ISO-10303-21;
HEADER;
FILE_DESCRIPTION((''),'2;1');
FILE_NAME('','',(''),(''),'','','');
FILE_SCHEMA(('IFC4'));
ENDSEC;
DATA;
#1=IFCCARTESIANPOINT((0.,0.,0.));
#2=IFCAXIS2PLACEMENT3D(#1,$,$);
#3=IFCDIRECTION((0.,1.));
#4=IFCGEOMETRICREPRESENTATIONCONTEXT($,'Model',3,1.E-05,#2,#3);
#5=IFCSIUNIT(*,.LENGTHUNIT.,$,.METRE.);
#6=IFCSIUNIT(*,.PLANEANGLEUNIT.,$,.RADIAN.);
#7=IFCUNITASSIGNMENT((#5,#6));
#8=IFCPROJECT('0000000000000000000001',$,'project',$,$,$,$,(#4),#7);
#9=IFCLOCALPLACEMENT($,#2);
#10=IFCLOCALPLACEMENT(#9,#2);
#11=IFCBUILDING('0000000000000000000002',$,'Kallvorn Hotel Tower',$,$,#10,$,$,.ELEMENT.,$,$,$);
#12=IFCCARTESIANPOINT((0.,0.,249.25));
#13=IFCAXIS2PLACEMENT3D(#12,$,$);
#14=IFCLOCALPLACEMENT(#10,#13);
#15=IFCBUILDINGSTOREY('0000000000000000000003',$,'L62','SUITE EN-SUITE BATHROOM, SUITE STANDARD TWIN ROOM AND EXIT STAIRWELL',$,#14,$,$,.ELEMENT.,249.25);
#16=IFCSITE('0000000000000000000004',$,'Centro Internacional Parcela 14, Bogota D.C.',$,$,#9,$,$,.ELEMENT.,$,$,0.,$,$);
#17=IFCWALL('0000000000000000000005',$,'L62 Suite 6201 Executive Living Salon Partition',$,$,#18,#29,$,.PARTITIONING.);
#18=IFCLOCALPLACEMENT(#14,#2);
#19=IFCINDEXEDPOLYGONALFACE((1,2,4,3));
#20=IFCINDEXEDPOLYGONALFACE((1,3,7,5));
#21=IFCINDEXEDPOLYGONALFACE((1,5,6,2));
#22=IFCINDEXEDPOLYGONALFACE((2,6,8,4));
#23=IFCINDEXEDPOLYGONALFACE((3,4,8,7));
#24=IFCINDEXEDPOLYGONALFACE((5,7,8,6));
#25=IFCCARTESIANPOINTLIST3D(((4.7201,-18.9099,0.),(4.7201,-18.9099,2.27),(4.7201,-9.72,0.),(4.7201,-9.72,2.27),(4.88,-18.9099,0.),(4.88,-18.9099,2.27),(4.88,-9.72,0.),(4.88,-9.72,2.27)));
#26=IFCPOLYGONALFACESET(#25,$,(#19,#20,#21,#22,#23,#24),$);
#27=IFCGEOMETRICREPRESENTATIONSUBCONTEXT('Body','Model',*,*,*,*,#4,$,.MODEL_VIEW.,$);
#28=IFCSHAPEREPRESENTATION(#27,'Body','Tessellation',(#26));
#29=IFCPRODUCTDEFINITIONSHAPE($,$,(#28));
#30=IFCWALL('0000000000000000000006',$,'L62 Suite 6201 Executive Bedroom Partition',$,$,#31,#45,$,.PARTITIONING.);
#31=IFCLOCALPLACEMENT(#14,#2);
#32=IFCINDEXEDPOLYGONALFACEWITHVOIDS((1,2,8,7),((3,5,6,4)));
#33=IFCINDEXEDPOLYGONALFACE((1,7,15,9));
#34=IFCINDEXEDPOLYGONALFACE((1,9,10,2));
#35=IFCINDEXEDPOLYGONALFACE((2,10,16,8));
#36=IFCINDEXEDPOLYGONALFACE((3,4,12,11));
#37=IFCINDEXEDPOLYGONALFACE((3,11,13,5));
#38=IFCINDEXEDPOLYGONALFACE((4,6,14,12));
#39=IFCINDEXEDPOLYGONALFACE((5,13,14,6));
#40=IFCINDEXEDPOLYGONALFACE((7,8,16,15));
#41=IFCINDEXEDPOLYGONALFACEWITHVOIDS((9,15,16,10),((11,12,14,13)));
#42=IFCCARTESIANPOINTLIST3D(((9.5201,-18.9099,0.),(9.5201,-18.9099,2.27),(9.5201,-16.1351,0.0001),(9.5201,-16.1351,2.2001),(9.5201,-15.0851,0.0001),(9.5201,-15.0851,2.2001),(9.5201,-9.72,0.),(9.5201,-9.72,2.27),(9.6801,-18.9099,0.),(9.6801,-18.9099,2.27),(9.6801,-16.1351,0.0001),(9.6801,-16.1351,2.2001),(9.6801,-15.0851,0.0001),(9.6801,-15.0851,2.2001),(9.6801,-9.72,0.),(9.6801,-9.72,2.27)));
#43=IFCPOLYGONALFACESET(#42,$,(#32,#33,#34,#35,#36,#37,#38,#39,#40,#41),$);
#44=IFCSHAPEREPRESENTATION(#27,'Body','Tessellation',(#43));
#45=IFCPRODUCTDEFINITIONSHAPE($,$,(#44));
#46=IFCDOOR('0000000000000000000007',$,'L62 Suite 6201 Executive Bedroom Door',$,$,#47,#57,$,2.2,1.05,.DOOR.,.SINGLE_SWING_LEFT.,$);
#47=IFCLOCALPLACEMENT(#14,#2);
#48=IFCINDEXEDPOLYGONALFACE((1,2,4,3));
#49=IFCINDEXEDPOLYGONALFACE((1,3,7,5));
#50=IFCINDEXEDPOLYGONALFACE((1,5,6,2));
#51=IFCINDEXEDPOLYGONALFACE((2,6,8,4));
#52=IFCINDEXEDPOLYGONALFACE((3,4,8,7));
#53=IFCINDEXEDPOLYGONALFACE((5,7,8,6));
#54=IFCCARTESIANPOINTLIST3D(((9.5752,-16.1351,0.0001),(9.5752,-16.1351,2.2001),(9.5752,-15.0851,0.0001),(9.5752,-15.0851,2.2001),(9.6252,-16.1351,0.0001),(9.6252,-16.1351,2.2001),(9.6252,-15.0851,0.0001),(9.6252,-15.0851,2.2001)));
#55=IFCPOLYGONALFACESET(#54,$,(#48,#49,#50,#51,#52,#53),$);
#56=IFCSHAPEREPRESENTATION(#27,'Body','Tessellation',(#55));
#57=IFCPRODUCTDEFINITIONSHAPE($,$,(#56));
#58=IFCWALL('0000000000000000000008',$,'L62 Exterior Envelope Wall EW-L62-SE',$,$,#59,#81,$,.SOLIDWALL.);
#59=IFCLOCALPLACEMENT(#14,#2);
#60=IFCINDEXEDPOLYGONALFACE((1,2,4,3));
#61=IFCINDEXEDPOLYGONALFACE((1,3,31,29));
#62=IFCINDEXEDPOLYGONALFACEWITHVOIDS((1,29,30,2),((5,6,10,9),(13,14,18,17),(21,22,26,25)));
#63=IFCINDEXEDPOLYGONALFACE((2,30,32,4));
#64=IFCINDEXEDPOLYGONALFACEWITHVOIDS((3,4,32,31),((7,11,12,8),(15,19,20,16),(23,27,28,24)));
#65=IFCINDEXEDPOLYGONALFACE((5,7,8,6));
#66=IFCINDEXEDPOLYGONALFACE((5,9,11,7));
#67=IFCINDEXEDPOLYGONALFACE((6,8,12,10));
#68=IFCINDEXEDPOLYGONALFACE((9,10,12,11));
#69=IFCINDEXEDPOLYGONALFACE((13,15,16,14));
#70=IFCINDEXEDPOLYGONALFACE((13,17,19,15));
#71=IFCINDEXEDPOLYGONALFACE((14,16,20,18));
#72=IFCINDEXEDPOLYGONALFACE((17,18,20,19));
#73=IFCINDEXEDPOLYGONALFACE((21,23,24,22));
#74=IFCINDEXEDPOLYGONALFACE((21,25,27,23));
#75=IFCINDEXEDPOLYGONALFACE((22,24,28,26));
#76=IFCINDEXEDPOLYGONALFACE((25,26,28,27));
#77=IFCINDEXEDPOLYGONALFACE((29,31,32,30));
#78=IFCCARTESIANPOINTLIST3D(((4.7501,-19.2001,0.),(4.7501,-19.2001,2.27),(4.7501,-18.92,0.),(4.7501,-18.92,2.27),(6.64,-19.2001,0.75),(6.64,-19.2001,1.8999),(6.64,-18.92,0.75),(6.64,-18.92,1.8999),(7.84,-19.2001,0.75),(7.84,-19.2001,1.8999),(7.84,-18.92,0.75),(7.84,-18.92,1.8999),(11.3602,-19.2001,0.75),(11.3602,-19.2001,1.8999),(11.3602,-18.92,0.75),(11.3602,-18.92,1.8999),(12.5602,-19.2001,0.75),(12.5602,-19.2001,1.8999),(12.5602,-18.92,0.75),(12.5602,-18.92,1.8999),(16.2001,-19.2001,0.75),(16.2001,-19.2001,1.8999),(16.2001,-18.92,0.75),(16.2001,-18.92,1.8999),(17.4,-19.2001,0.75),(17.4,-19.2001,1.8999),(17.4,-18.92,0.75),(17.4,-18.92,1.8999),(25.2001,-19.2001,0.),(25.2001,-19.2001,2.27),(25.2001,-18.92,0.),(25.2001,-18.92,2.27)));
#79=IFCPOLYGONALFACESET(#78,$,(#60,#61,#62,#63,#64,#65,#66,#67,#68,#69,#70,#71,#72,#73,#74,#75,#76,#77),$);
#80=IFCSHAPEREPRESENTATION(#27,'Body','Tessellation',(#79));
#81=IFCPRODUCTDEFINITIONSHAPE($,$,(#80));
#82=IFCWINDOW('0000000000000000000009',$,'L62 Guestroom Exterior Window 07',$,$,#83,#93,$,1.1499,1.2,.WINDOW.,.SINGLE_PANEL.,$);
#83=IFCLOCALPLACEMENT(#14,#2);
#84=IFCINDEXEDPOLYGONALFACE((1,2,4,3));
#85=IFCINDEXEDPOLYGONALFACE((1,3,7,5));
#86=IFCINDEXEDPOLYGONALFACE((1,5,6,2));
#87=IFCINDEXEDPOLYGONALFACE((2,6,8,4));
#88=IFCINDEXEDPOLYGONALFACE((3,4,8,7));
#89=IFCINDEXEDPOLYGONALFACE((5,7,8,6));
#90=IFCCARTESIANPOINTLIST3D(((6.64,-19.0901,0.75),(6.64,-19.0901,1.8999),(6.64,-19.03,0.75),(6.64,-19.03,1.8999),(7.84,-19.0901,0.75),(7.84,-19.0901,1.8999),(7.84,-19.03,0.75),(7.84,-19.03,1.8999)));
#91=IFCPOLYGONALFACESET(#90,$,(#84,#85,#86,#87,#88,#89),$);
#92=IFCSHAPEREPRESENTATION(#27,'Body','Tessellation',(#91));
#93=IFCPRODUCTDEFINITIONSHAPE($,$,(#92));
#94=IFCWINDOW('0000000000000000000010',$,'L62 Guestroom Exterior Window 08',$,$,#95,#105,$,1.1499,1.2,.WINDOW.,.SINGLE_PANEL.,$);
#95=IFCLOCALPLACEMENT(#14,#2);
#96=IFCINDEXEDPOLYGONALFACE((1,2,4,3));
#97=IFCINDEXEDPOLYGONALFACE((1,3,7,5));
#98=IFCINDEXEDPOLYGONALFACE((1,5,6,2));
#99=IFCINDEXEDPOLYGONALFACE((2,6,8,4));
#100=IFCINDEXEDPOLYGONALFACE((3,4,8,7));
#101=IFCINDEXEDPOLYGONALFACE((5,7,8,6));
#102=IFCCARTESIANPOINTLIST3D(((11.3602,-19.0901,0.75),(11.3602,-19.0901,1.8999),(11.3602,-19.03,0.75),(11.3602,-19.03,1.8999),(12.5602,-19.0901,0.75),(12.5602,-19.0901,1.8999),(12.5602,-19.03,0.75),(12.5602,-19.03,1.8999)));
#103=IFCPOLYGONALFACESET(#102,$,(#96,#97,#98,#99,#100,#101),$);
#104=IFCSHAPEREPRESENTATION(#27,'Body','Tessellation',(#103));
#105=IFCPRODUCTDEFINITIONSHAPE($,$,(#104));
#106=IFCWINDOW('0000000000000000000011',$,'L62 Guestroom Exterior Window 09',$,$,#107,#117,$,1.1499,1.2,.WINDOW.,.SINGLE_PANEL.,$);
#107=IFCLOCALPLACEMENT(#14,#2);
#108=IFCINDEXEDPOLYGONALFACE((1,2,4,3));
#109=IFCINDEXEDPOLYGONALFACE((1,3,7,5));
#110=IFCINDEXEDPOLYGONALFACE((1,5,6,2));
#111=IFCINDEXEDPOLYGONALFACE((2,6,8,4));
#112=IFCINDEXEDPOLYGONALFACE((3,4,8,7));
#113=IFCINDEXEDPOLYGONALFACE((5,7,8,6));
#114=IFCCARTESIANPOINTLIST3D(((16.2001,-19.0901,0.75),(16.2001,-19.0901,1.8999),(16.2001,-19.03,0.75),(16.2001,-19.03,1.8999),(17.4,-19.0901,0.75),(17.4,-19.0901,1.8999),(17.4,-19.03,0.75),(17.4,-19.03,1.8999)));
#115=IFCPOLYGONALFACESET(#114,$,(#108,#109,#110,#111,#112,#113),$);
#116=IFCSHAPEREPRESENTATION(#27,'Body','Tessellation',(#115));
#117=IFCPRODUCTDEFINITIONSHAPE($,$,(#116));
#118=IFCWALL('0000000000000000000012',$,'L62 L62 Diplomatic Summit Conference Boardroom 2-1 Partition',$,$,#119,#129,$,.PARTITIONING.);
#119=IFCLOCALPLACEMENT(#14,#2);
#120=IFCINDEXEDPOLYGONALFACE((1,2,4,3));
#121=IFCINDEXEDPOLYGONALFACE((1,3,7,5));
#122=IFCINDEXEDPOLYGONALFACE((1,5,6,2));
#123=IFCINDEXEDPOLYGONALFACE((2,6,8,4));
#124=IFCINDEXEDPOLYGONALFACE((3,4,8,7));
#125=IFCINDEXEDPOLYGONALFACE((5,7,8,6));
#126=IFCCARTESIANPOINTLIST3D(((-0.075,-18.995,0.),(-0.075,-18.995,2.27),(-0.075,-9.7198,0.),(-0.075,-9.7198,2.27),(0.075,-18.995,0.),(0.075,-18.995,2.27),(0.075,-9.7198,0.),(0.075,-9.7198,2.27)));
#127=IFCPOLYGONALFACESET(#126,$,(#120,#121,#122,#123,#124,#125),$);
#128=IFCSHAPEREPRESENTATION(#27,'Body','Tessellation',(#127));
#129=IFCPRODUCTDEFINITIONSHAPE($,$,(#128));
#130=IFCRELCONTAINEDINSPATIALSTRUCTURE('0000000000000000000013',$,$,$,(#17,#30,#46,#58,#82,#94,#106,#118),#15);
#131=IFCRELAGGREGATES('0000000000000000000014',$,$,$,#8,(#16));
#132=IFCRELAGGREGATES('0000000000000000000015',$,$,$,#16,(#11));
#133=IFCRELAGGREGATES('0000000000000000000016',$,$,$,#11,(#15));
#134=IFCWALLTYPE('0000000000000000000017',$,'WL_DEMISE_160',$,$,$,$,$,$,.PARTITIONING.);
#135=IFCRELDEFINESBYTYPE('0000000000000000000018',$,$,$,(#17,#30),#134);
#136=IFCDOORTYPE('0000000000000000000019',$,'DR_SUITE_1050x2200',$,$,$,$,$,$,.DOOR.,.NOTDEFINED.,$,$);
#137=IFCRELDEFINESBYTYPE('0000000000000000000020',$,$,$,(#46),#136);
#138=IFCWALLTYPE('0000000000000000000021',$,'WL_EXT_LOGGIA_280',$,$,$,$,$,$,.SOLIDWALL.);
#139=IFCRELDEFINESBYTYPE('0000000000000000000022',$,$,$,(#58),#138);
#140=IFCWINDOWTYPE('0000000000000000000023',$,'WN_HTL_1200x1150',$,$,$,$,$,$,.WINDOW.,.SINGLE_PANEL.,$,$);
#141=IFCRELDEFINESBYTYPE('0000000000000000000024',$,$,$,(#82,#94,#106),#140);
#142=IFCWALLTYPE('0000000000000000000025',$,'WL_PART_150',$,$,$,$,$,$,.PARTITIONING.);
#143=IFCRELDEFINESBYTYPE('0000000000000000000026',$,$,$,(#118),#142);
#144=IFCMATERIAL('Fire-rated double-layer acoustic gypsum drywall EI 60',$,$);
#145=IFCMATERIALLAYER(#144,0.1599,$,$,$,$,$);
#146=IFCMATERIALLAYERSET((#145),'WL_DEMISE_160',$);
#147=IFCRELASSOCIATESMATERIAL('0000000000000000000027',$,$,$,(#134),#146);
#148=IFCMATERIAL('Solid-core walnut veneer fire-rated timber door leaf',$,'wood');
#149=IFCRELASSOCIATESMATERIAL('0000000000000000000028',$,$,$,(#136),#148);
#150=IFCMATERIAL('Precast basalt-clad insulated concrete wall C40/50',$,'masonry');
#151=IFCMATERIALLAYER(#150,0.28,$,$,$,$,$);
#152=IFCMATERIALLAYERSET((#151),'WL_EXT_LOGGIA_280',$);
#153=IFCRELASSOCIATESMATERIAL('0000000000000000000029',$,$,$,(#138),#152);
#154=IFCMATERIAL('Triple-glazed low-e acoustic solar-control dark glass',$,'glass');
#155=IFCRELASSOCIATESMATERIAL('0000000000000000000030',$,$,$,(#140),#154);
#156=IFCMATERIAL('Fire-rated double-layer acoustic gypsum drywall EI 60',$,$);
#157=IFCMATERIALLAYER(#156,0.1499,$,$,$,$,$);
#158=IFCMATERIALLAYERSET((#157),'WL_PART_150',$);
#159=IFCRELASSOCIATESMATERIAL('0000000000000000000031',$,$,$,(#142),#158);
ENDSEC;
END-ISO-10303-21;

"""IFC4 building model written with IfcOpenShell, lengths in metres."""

from ifc_helpers import new_model, si_unit, direction, frame, frame_2d, origin, place, context, subcontext, project, spatial, rectangle, extrude, material, layer, layer_set, type_object, element, fill, save


model = new_model("IFC4")

# Units and contexts
model_context = context("Model", 3, precision=1e-05, world=origin(), true_north=direction((0.0, 1.0)))
body_context = subcontext(model_context, "Body", "Model", "MODEL_VIEW")
ifc_project = project(units=[si_unit("LENGTHUNIT", "METRE"), si_unit("PLANEANGLEUNIT", "RADIAN")], contexts=[model_context])

# Site, building, storey
site_placement = place(None, origin())
site = spatial("IfcSite", under=ifc_project, at=site_placement, Name="Centro Internacional Parcela 14, Bogota D.C.", CompositionType="ELEMENT", RefElevation=0.0)
building_placement = place(site_placement, origin())
building = spatial("IfcBuilding", under=site, at=building_placement, Name="Kallvorn Hotel Tower", CompositionType="ELEMENT")
storey_placement = place(building_placement, frame((0.0, 0.0, 249.25)))
storey = spatial("IfcBuildingStorey", under=building, at=storey_placement, Name="L62", Description="SUITE EN-SUITE BATHROOM, SUITE STANDARD TWIN ROOM AND EXIT STAIRWELL", CompositionType="ELEMENT", Elevation=249.25)

# Shared definitions
ifc_material_1 = material(Name="Fire-rated double-layer acoustic gypsum drywall EI 60")
ifc_layer_1 = layer(ifc_material_1, 0.1599)
ifc_layer_set_1 = layer_set([ifc_layer_1], Name="WL_DEMISE_160")
wall_type_1 = type_object("IfcWallType", Name="WL_DEMISE_160", PredefinedType="PARTITIONING", material=ifc_layer_set_1)

# Wall
wall_1_placement = place(storey_placement, frame((4.8, -18.9099, 0.0), z_axis=(0.0, 0.0, 1.0), x_axis=(0.0, 1.0, 0.0)))
element("IfcWall", 1, at=wall_1_placement, inside=storey, type_object=wall_type_1, Name="L62 Suite 6201 Executive Living Salon Partition", PredefinedType="PARTITIONING", context=body_context, shape_type="SweptSolid", body=[
    extrude(rectangle(XDim=9.1899, YDim=0.1599, at=frame_2d((4.595, 0.0))), origin(), (0.0, 0.0, 1.0), 2.27),
])

# Wall, opening, door
wall_2_placement = place(storey_placement, frame((9.6001, -18.9099, 0.0), z_axis=(0.0, 0.0, 1.0), x_axis=(0.0, 1.0, 0.0)))
wall_2 = element("IfcWall", 2, at=wall_2_placement, inside=storey, type_object=wall_type_1, Name="L62 Suite 6201 Executive Bedroom Partition", PredefinedType="PARTITIONING", context=body_context, shape_type="SweptSolid", body=[
    extrude(rectangle(XDim=9.1899, YDim=0.1599, at=frame_2d((4.595, 0.0))), origin(), (0.0, 0.0, 1.0), 2.27),
])
opening_1_placement = place(wall_2_placement, frame((2.7749, 0.0, 0.0)))
opening_1 = element("IfcOpeningElement", 3, at=opening_1_placement, cuts=wall_2, PredefinedType="OPENING", context=body_context, shape_type="SweptSolid", body=[
    extrude(rectangle(XDim=1.05, YDim=2.2, at=frame_2d((0.5249, 1.1001))), frame((0.0, 0.095, 0.0), z_axis=(0.0, -1.0, 0.0), x_axis=(1.0, 0.0, 0.0)), (0.0, 0.0, 1.0), 0.1899),
])
ifc_material_2 = material(Name="Solid-core walnut veneer fire-rated timber door leaf", Category="wood")
door_type_1 = type_object("IfcDoorType", Name="DR_SUITE_1050x2200", OperationType="NOTDEFINED", PredefinedType="DOOR", material=ifc_material_2)
door_1_placement = place(opening_1_placement, origin())
door_1 = element("IfcDoor", 4, at=door_1_placement, inside=storey, type_object=door_type_1, Name="L62 Suite 6201 Executive Bedroom Door", OperationType="SINGLE_SWING_LEFT", OverallHeight=2.2, OverallWidth=1.05, PredefinedType="DOOR", context=body_context, shape_type="SweptSolid", body=[
    extrude(rectangle(XDim=1.05, YDim=2.2, at=frame_2d((0.5249, 1.1001))), frame((0.0, 0.0249, 0.0), z_axis=(0.0, -1.0, 0.0), x_axis=(1.0, 0.0, 0.0)), (0.0, 0.0, 1.0), 0.05),
])
fill(opening_1, door_1)

# Wall, openings, windows
ifc_material_3 = material(Name="Precast basalt-clad insulated concrete wall C40/50", Category="masonry")
ifc_layer_2 = layer(ifc_material_3, 0.28)
ifc_layer_set_2 = layer_set([ifc_layer_2], Name="WL_EXT_LOGGIA_280")
wall_type_2 = type_object("IfcWallType", Name="WL_EXT_LOGGIA_280", PredefinedType="SOLIDWALL", material=ifc_layer_set_2)
wall_3_placement = place(storey_placement, frame((4.75, -19.0601, 0.0), z_axis=(0.0, 0.0, 1.0), x_axis=(1.0, 0.0, 0.0)))
wall_3 = element("IfcWall", 5, at=wall_3_placement, inside=storey, type_object=wall_type_2, Name="L62 Exterior Envelope Wall EW-L62-SE", PredefinedType="SOLIDWALL", context=body_context, shape_type="SweptSolid", body=[
    extrude(rectangle(XDim=20.45, YDim=0.28, at=frame_2d((10.2251, 0.0))), origin(), (0.0, 0.0, 1.0), 2.27),
])
opening_2_placement = place(wall_3_placement, frame((1.8899, 0.0, 0.75)))
opening_2 = element("IfcOpeningElement", 6, at=opening_2_placement, cuts=wall_3, PredefinedType="OPENING", context=body_context, shape_type="SweptSolid", body=[
    extrude(rectangle(XDim=1.2, YDim=1.1499, at=frame_2d((0.6001, 0.575))), frame((0.0, 0.155, 0.0), z_axis=(0.0, -1.0, 0.0), x_axis=(1.0, 0.0, 0.0)), (0.0, 0.0, 1.0), 0.3101),
])
opening_3_placement = place(wall_3_placement, frame((6.6101, 0.0, 0.75)))
opening_3 = element("IfcOpeningElement", 7, at=opening_3_placement, cuts=wall_3, PredefinedType="OPENING", context=body_context, shape_type="SweptSolid", body=[
    extrude(rectangle(XDim=1.2, YDim=1.1499, at=frame_2d((0.6001, 0.575))), frame((0.0, 0.155, 0.0), z_axis=(0.0, -1.0, 0.0), x_axis=(1.0, 0.0, 0.0)), (0.0, 0.0, 1.0), 0.3101),
])
opening_4_placement = place(wall_3_placement, frame((11.45, 0.0, 0.75)))
opening_4 = element("IfcOpeningElement", 8, at=opening_4_placement, cuts=wall_3, PredefinedType="OPENING", context=body_context, shape_type="SweptSolid", body=[
    extrude(rectangle(XDim=1.2, YDim=1.1499, at=frame_2d((0.6001, 0.575))), frame((0.0, 0.155, 0.0), z_axis=(0.0, -1.0, 0.0), x_axis=(1.0, 0.0, 0.0)), (0.0, 0.0, 1.0), 0.3101),
])
ifc_material_4 = material(Name="Triple-glazed low-e acoustic solar-control dark glass", Category="glass")
window_type = type_object("IfcWindowType", Name="WN_HTL_1200x1150", PartitioningType="SINGLE_PANEL", PredefinedType="WINDOW", material=ifc_material_4)
window_1_placement = place(opening_2_placement, origin())
window_1 = element("IfcWindow", 9, at=window_1_placement, inside=storey, type_object=window_type, Name="L62 Guestroom Exterior Window 07", OverallHeight=1.1499, OverallWidth=1.2, PartitioningType="SINGLE_PANEL", PredefinedType="WINDOW", context=body_context, shape_type="SweptSolid", body=[
    extrude(rectangle(XDim=1.2, YDim=1.1499, at=frame_2d((0.6001, 0.575))), frame((0.0, 0.03, 0.0), z_axis=(0.0, -1.0, 0.0), x_axis=(1.0, 0.0, 0.0)), (0.0, 0.0, 1.0), 0.0601),
])
fill(opening_2, window_1)
window_2_placement = place(opening_3_placement, origin())
window_2 = element("IfcWindow", 10, at=window_2_placement, inside=storey, type_object=window_type, Name="L62 Guestroom Exterior Window 08", OverallHeight=1.1499, OverallWidth=1.2, PartitioningType="SINGLE_PANEL", PredefinedType="WINDOW", context=body_context, shape_type="SweptSolid", body=[
    extrude(rectangle(XDim=1.2, YDim=1.1499, at=frame_2d((0.6001, 0.575))), frame((0.0, 0.03, 0.0), z_axis=(0.0, -1.0, 0.0), x_axis=(1.0, 0.0, 0.0)), (0.0, 0.0, 1.0), 0.0601),
])
fill(opening_3, window_2)
window_3_placement = place(opening_4_placement, origin())
window_3 = element("IfcWindow", 11, at=window_3_placement, inside=storey, type_object=window_type, Name="L62 Guestroom Exterior Window 09", OverallHeight=1.1499, OverallWidth=1.2, PartitioningType="SINGLE_PANEL", PredefinedType="WINDOW", context=body_context, shape_type="SweptSolid", body=[
    extrude(rectangle(XDim=1.2, YDim=1.1499, at=frame_2d((0.6001, 0.575))), frame((0.0, 0.03, 0.0), z_axis=(0.0, -1.0, 0.0), x_axis=(1.0, 0.0, 0.0)), (0.0, 0.0, 1.0), 0.0601),
])
fill(opening_4, window_3)

# Wall
ifc_material_5 = material(Name="Fire-rated double-layer acoustic gypsum drywall EI 60")
ifc_layer_3 = layer(ifc_material_5, 0.1499)
ifc_layer_set_3 = layer_set([ifc_layer_3], Name="WL_PART_150")
wall_type_3 = type_object("IfcWallType", Name="WL_PART_150", PredefinedType="PARTITIONING", material=ifc_layer_set_3)
wall_4_placement = place(storey_placement, frame((0.0, -18.9951, 0.0), z_axis=(0.0, 0.0, 1.0), x_axis=(0.0, 1.0, 0.0)))
element("IfcWall", 12, at=wall_4_placement, inside=storey, type_object=wall_type_3, Name="L62 L62 Diplomatic Summit Conference Boardroom 2-1 Partition", PredefinedType="PARTITIONING", context=body_context, shape_type="SweptSolid", body=[
    extrude(rectangle(XDim=9.2751, YDim=0.1499, at=frame_2d((4.6377, 0.0))), origin(), (0.0, 0.0, 1.0), 2.27),
])

save(model, "model.ifc")
